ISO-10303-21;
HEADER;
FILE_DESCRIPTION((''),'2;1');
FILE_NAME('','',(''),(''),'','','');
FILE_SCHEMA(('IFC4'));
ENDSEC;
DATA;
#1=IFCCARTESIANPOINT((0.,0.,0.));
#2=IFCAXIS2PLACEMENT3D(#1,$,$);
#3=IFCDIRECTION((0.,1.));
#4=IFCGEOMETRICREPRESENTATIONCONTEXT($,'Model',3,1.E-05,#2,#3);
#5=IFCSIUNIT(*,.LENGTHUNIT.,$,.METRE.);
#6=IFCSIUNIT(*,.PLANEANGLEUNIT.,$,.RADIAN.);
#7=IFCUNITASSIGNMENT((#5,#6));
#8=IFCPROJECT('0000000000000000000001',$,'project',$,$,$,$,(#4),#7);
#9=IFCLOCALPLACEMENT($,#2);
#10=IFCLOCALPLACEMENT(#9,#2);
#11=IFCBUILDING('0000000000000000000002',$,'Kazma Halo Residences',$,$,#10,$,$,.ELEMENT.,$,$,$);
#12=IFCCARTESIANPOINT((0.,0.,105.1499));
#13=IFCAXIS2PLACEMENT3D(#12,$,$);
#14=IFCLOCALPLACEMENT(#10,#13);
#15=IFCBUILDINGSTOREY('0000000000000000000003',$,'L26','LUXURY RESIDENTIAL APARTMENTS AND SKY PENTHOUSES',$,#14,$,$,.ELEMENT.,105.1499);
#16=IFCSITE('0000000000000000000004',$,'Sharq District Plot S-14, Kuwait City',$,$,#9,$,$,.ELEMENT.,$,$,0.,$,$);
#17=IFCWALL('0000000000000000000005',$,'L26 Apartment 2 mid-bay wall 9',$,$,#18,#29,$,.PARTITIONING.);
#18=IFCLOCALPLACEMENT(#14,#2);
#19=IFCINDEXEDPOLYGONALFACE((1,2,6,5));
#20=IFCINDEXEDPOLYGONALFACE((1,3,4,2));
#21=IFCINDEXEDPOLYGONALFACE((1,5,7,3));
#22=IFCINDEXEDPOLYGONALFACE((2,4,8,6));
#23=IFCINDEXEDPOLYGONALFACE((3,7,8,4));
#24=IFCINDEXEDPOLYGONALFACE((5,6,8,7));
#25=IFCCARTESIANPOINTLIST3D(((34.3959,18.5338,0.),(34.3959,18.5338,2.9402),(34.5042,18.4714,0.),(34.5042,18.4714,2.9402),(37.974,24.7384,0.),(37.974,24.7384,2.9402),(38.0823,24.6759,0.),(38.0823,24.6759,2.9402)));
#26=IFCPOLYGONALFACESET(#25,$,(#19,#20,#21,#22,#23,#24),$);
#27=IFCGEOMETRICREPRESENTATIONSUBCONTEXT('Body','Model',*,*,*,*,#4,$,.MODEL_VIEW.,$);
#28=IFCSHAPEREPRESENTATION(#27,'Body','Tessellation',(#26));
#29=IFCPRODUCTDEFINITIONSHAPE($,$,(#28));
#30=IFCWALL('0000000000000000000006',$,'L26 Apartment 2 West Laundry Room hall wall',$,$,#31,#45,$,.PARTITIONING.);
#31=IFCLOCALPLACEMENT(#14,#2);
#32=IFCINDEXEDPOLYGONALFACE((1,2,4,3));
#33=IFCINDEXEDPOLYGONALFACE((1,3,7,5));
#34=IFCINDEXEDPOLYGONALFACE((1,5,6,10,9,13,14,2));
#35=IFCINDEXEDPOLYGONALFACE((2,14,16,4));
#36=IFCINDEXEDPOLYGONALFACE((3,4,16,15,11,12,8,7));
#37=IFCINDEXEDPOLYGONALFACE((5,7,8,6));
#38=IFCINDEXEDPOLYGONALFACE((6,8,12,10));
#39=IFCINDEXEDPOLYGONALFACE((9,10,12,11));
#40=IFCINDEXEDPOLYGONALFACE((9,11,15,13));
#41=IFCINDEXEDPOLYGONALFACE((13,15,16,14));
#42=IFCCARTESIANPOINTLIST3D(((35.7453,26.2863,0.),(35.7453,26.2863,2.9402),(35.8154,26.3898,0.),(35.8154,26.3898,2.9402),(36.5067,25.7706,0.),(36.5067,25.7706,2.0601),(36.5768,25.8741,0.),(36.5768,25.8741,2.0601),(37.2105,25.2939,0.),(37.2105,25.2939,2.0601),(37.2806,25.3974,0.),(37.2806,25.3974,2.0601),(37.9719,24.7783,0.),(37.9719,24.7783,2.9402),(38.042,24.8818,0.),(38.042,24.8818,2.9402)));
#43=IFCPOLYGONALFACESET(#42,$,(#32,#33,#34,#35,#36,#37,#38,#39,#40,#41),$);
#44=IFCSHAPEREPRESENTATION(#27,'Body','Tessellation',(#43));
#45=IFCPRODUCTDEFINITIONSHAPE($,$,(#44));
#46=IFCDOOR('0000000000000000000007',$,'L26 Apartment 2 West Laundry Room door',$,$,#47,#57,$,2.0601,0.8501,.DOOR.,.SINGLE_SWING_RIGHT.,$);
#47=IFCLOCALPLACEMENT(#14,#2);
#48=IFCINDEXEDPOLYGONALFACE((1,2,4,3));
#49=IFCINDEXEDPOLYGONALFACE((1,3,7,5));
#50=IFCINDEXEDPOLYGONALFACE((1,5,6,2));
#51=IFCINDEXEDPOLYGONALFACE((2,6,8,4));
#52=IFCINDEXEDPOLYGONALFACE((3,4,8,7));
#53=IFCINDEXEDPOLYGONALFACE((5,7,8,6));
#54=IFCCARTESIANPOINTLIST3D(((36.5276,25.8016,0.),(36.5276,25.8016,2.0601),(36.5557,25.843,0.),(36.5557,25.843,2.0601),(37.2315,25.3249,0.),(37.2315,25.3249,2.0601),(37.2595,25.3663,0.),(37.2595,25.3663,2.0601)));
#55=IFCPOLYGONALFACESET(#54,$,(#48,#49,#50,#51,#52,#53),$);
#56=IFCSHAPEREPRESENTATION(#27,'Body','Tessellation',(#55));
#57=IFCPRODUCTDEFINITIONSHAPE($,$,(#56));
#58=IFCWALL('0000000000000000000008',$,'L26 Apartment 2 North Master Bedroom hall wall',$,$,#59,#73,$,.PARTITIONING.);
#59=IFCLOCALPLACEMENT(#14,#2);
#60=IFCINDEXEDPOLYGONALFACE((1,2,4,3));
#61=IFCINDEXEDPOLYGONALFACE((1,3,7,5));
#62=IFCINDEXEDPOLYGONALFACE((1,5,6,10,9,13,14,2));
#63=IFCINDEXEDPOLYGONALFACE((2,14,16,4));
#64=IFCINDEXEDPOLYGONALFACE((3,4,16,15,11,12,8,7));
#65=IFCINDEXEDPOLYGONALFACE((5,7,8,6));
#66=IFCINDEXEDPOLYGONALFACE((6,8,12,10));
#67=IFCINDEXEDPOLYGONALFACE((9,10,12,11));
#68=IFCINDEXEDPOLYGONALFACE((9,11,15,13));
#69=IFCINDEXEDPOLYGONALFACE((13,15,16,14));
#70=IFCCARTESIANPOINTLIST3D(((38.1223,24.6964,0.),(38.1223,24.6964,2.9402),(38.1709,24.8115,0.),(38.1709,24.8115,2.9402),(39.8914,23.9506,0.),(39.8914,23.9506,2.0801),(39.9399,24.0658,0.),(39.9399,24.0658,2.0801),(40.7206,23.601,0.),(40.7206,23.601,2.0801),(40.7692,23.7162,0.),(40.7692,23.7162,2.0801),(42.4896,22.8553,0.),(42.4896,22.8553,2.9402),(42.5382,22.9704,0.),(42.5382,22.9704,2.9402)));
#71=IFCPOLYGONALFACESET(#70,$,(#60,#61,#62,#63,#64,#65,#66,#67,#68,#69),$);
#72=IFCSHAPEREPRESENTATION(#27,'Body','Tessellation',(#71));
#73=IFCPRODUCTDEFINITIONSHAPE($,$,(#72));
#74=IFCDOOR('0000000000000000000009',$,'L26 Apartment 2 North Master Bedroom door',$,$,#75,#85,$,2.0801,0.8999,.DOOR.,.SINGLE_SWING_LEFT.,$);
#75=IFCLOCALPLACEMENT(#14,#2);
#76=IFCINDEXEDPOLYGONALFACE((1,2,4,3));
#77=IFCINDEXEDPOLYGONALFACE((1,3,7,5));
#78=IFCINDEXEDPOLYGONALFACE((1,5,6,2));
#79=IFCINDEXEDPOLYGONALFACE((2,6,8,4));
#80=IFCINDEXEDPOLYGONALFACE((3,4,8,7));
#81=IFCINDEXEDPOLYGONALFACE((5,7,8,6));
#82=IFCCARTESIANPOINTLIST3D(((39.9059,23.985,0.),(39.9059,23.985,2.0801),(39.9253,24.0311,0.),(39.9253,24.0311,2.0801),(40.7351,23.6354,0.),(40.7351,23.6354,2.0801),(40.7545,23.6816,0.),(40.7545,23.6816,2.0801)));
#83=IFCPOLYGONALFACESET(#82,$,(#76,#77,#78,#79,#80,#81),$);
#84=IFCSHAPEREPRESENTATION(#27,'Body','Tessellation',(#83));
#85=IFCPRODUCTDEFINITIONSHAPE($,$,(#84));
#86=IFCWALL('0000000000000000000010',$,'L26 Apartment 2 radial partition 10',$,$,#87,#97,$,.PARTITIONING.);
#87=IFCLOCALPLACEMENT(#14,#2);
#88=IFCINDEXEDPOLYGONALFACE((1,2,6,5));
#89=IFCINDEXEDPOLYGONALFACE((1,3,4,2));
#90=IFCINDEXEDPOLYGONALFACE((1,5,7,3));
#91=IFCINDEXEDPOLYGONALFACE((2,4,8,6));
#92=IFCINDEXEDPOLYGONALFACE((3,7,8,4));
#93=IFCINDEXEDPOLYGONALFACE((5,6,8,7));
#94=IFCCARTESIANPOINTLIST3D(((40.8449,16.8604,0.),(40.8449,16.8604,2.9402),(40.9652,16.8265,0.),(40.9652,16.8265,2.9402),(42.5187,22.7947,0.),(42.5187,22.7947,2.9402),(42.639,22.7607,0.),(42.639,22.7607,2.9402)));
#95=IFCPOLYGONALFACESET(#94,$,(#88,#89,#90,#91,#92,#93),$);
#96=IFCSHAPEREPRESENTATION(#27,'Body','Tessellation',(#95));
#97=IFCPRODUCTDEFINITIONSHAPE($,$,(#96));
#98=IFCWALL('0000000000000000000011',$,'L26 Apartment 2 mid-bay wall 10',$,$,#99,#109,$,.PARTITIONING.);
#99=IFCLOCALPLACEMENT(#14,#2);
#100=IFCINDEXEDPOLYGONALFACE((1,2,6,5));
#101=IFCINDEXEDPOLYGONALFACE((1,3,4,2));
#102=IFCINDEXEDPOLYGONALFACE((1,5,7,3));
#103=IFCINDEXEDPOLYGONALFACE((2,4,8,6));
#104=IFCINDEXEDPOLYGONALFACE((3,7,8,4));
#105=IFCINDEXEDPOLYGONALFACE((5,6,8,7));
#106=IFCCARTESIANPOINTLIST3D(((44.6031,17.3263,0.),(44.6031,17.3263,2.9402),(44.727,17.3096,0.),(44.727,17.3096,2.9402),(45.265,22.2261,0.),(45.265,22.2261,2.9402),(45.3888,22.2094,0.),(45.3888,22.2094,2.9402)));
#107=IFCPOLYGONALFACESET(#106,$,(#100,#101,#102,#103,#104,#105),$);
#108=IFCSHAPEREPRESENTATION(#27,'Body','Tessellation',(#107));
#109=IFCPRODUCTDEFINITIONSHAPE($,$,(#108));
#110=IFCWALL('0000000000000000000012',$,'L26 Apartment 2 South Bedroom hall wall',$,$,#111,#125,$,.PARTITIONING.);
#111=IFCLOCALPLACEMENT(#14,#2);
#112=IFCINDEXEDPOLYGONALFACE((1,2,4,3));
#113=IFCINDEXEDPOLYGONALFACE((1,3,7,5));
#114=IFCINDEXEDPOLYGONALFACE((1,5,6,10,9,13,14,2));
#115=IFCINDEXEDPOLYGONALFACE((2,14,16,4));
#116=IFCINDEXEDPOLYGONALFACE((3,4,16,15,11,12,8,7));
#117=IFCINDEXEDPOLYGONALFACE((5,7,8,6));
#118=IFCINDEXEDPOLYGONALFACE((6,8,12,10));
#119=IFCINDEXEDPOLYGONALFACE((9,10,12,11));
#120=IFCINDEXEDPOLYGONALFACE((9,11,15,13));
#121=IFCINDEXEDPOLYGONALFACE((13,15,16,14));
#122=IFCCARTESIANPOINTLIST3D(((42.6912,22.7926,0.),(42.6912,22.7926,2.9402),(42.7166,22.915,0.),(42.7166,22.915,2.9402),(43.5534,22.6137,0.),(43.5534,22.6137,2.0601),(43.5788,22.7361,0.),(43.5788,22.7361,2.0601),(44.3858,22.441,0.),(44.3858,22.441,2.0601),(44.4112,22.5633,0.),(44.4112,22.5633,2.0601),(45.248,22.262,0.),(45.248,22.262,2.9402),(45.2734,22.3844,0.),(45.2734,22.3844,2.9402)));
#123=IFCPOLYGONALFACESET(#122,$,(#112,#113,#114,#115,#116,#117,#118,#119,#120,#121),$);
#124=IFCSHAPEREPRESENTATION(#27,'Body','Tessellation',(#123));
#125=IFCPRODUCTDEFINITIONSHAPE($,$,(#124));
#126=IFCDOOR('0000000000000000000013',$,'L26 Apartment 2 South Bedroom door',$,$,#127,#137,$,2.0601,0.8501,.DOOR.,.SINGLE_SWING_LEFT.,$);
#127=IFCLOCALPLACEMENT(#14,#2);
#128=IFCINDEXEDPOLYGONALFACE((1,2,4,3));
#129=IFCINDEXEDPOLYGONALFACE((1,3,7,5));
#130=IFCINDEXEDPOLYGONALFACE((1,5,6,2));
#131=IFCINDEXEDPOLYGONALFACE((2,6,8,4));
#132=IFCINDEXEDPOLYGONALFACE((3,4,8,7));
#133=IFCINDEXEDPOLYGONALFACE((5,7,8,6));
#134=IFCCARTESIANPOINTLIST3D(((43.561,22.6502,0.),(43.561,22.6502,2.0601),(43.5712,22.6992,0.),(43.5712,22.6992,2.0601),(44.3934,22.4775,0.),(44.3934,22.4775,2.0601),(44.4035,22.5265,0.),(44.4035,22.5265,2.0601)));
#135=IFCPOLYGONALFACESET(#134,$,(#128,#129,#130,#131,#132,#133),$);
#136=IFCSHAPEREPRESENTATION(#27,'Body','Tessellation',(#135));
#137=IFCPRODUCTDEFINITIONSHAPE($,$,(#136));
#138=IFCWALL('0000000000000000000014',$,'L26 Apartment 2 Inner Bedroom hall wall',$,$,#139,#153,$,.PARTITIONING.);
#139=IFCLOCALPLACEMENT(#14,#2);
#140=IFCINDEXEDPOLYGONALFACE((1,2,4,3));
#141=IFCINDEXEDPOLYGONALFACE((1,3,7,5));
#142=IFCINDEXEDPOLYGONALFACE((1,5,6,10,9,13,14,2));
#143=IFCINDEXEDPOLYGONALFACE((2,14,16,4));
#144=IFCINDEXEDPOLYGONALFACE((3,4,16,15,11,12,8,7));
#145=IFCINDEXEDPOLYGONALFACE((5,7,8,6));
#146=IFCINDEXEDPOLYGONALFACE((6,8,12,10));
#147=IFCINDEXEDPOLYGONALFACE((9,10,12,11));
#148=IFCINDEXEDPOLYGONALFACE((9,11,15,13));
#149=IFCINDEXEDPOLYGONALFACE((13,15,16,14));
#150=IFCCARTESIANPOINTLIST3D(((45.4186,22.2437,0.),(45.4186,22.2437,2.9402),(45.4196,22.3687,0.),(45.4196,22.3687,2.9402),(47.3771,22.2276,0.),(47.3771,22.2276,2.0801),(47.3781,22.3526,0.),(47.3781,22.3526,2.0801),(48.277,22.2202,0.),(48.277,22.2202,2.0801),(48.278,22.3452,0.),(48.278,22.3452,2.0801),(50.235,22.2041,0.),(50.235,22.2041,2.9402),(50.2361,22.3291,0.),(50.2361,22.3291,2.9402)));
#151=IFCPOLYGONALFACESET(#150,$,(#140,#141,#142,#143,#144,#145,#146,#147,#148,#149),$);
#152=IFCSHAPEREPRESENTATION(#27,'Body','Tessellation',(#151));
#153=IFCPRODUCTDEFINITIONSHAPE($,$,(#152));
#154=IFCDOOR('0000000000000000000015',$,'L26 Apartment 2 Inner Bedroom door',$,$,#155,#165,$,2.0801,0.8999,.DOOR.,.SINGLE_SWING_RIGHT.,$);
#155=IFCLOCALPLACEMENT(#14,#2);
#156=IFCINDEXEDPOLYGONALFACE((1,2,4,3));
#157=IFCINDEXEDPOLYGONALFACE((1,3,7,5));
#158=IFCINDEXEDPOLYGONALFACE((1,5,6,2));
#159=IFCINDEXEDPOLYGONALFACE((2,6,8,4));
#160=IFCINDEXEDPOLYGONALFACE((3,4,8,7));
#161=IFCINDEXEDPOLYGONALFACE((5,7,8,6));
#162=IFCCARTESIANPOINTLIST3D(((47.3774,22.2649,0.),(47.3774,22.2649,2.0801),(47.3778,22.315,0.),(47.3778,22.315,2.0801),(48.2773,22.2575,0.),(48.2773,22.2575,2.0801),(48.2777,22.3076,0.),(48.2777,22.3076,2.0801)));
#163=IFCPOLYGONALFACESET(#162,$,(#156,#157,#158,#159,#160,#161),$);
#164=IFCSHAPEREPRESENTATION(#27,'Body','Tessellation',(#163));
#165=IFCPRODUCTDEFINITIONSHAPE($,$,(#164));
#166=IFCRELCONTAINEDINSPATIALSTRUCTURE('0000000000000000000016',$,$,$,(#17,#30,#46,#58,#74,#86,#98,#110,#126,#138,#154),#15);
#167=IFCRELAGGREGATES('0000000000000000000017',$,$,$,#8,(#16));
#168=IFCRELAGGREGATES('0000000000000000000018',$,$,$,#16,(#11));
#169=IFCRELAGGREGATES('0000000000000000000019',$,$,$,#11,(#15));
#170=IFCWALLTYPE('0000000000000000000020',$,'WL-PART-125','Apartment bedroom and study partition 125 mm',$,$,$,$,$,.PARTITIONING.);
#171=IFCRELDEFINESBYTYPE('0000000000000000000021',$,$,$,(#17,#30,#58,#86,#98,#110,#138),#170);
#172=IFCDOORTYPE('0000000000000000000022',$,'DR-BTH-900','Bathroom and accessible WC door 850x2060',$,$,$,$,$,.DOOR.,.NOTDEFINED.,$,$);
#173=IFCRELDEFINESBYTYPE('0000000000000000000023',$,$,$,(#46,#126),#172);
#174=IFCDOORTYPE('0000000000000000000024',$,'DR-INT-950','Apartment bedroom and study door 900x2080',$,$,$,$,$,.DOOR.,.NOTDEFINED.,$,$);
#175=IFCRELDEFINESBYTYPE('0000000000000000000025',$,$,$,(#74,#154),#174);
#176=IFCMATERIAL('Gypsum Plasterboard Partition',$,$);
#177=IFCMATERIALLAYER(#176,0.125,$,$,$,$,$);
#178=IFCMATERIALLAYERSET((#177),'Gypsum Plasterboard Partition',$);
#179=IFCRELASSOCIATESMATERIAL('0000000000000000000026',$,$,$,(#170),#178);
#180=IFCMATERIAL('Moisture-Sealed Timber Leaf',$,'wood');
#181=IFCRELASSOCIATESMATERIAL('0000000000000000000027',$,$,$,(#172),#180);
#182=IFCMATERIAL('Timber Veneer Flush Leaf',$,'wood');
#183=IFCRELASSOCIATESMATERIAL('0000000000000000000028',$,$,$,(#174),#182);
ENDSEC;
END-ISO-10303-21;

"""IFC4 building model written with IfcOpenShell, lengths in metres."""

from ifc_helpers import new_model, si_unit, direction, frame, frame_2d, origin, place, context, subcontext, project, spatial, rectangle, extrude, material, layer, layer_set, type_object, element, fill, save


model = new_model("IFC4")

# Units and contexts
model_context = context("Model", 3, precision=1e-05, world=origin(), true_north=direction((0.0, 1.0)))
body_context = subcontext(model_context, "Body", "Model", "MODEL_VIEW")
ifc_project = project(units=[si_unit("LENGTHUNIT", "METRE"), si_unit("PLANEANGLEUNIT", "RADIAN")], contexts=[model_context])

# Site, building, storey
site_placement = place(None, origin())
site = spatial("IfcSite", under=ifc_project, at=site_placement, Name="Sharq District Plot S-14, Kuwait City", CompositionType="ELEMENT", RefElevation=0.0)
building_placement = place(site_placement, origin())
building = spatial("IfcBuilding", under=site, at=building_placement, Name="Kazma Halo Residences", CompositionType="ELEMENT")
storey_placement = place(building_placement, frame((0.0, 0.0, 105.1499)))
storey = spatial("IfcBuildingStorey", under=building, at=storey_placement, Name="L26", Description="LUXURY RESIDENTIAL APARTMENTS AND SKY PENTHOUSES", CompositionType="ELEMENT", Elevation=105.1499)

# Wall
ifc_material_1 = material(Name="Gypsum Plasterboard Partition")
ifc_layer_1 = layer(ifc_material_1, 0.125)
ifc_layer_set_1 = layer_set([ifc_layer_1], Name="Gypsum Plasterboard Partition")
wall_type_1 = type_object("IfcWallType", Name="WL-PART-125", Description="Apartment bedroom and study partition 125 mm", PredefinedType="PARTITIONING", material=ifc_layer_set_1)
wall_1_placement = place(storey_placement, frame((38.0281, 24.707, 0.0), z_axis=(0.0, 0.0, 1.0), x_axis=(-0.499571, -0.866273, 0.0)))
element("IfcWall", 1, at=wall_1_placement, inside=storey, type_object=wall_type_1, Name="L26 Apartment 2 mid-bay wall 9", PredefinedType="PARTITIONING", context=body_context, shape_type="SweptSolid", body=[
    extrude(rectangle(XDim=7.1624, YDim=0.125, at=frame_2d((3.5811, 0.0))), origin(), (0.0, 0.0, 1.0), 2.9402),
])

# Walls, openings, doors
wall_2_placement = place(storey_placement, frame((35.7803, 26.3381, 0.0), z_axis=(0.0, 0.0, 1.0), x_axis=(0.827964, -0.560782, 0.0)))
wall_2 = element("IfcWall", 2, at=wall_2_placement, inside=storey, type_object=wall_type_1, Name="L26 Apartment 2 West Laundry Room hall wall", PredefinedType="PARTITIONING", context=body_context, shape_type="SweptSolid", body=[
    extrude(rectangle(XDim=2.6892, YDim=0.125, at=frame_2d((1.3447, 0.0))), origin(), (0.0, 0.0, 1.0), 2.9402),
])
opening_1_placement = place(wall_2_placement, frame((0.9197, 0.0, 0.0)))
opening_1 = element("IfcOpeningElement", 3, at=opening_1_placement, cuts=wall_2, PredefinedType="OPENING", context=body_context, shape_type="SweptSolid", body=[
    extrude(rectangle(XDim=0.8501, YDim=2.0601, at=frame_2d((0.425, 1.03))), frame((0.0, 0.0725, 0.0), z_axis=(0.0, -1.0, 0.0), x_axis=(1.0, 0.0, 0.0)), (0.0, 0.0, 1.0), 0.145),
])
ifc_material_2 = material(Name="Moisture-Sealed Timber Leaf", Category="wood")
door_type_1 = type_object("IfcDoorType", Name="DR-BTH-900", Description="Bathroom and accessible WC door 850x2060", OperationType="NOTDEFINED", PredefinedType="DOOR", material=ifc_material_2)
door_1_placement = place(opening_1_placement, origin())
door_1 = element("IfcDoor", 4, at=door_1_placement, inside=storey, type_object=door_type_1, Name="L26 Apartment 2 West Laundry Room door", OperationType="SINGLE_SWING_RIGHT", OverallHeight=2.0601, OverallWidth=0.8501, PredefinedType="DOOR", context=body_context, shape_type="SweptSolid", body=[
    extrude(rectangle(XDim=0.8501, YDim=2.0601, at=frame_2d((0.425, 1.03))), frame((0.0, 0.0249, 0.0), z_axis=(0.0, -1.0, 0.0), x_axis=(1.0, 0.0, 0.0)), (0.0, 0.0, 1.0), 0.05),
])
fill(opening_1, door_1)
wall_3_placement = place(storey_placement, frame((38.1467, 24.7539, 0.0), z_axis=(0.0, 0.0, 1.0), x_axis=(0.921466, -0.38846, 0.0)))
wall_3 = element("IfcWall", 5, at=wall_3_placement, inside=storey, type_object=wall_type_1, Name="L26 Apartment 2 North Master Bedroom hall wall", PredefinedType="PARTITIONING", context=body_context, shape_type="SweptSolid", body=[
    extrude(rectangle(XDim=4.7395, YDim=0.125, at=frame_2d((2.3696, 0.0))), origin(), (0.0, 0.0, 1.0), 2.9402),
])
opening_2_placement = place(wall_3_placement, frame((1.9197, 0.0, 0.0)))
opening_2 = element("IfcOpeningElement", 6, at=opening_2_placement, cuts=wall_3, PredefinedType="OPENING", context=body_context, shape_type="SweptSolid", body=[
    extrude(rectangle(XDim=0.8999, YDim=2.0801, at=frame_2d((0.45, 1.04))), frame((0.0, 0.0725, 0.0), z_axis=(0.0, -1.0, 0.0), x_axis=(1.0, 0.0, 0.0)), (0.0, 0.0, 1.0), 0.145),
])
ifc_material_3 = material(Name="Timber Veneer Flush Leaf", Category="wood")
door_type_2 = type_object("IfcDoorType", Name="DR-INT-950", Description="Apartment bedroom and study door 900x2080", OperationType="NOTDEFINED", PredefinedType="DOOR", material=ifc_material_3)
door_2_placement = place(opening_2_placement, origin())
door_2 = element("IfcDoor", 7, at=door_2_placement, inside=storey, type_object=door_type_2, Name="L26 Apartment 2 North Master Bedroom door", OperationType="SINGLE_SWING_LEFT", OverallHeight=2.0801, OverallWidth=0.8999, PredefinedType="DOOR", context=body_context, shape_type="SweptSolid", body=[
    extrude(rectangle(XDim=0.8999, YDim=2.0801, at=frame_2d((0.45, 1.04))), frame((0.0, 0.0249, 0.0), z_axis=(0.0, -1.0, 0.0), x_axis=(1.0, 0.0, 0.0)), (0.0, 0.0, 1.0), 0.05),
])
fill(opening_2, door_2)

# Walls
wall_4_placement = place(storey_placement, frame((42.5789, 22.7778, 0.0), z_axis=(0.0, 0.0, 1.0), x_axis=(-0.271467, -0.962448, 0.0)))
element("IfcWall", 8, at=wall_4_placement, inside=storey, type_object=wall_type_1, Name="L26 Apartment 2 radial partition 10", PredefinedType="PARTITIONING", context=body_context, shape_type="SweptSolid", body=[
    extrude(rectangle(XDim=6.1658, YDim=0.125, at=frame_2d((3.083, 0.0))), origin(), (0.0, 0.0, 1.0), 2.9402),
])
wall_5_placement = place(storey_placement, frame((45.3269, 22.2178, 0.0), z_axis=(0.0, 0.0, 1.0), x_axis=(-0.133862, -0.991, 0.0)))
element("IfcWall", 9, at=wall_5_placement, inside=storey, type_object=wall_type_1, Name="L26 Apartment 2 mid-bay wall 10", PredefinedType="PARTITIONING", context=body_context, shape_type="SweptSolid", body=[
    extrude(rectangle(XDim=4.9443, YDim=0.125, at=frame_2d((2.4722, 0.0))), origin(), (0.0, 0.0, 1.0), 2.9402),
])

# Walls, openings, doors
wall_6_placement = place(storey_placement, frame((42.7039, 22.8538, 0.0), z_axis=(0.0, 0.0, 1.0), x_axis=(0.979146, -0.203159, 0.0)))
wall_6 = element("IfcWall", 10, at=wall_6_placement, inside=storey, type_object=wall_type_1, Name="L26 Apartment 2 South Bedroom hall wall", PredefinedType="PARTITIONING", context=body_context, shape_type="SweptSolid", body=[
    extrude(rectangle(XDim=2.6113, YDim=0.125, at=frame_2d((1.3057, 0.0))), origin(), (0.0, 0.0, 1.0), 2.9402),
])
opening_3_placement = place(wall_6_placement, frame((0.8806, 0.0, 0.0)))
opening_3 = element("IfcOpeningElement", 11, at=opening_3_placement, cuts=wall_6, PredefinedType="OPENING", context=body_context, shape_type="SweptSolid", body=[
    extrude(rectangle(XDim=0.8501, YDim=2.0601, at=frame_2d((0.425, 1.03))), frame((0.0, 0.0725, 0.0), z_axis=(0.0, -1.0, 0.0), x_axis=(1.0, 0.0, 0.0)), (0.0, 0.0, 1.0), 0.145),
])
door_3_placement = place(opening_3_placement, origin())
door_3 = element("IfcDoor", 12, at=door_3_placement, inside=storey, type_object=door_type_1, Name="L26 Apartment 2 South Bedroom door", OperationType="SINGLE_SWING_LEFT", OverallHeight=2.0601, OverallWidth=0.8501, PredefinedType="DOOR", context=body_context, shape_type="SweptSolid", body=[
    extrude(rectangle(XDim=0.8501, YDim=2.0601, at=frame_2d((0.425, 1.03))), frame((0.0, 0.0249, 0.0), z_axis=(0.0, -1.0, 0.0), x_axis=(1.0, 0.0, 0.0)), (0.0, 0.0, 1.0), 0.05),
])
fill(opening_3, door_3)
wall_7_placement = place(storey_placement, frame((45.4192, 22.3062, 0.0), z_axis=(0.0, 0.0, 1.0), x_axis=(0.999966, -0.008211, 0.0)))
wall_7 = element("IfcWall", 13, at=wall_7_placement, inside=storey, type_object=wall_type_1, Name="L26 Apartment 2 Inner Bedroom hall wall", PredefinedType="PARTITIONING", context=body_context, shape_type="SweptSolid", body=[
    extrude(rectangle(XDim=4.8167, YDim=0.125, at=frame_2d((2.4082, 0.0))), origin(), (0.0, 0.0, 1.0), 2.9402),
])
opening_4_placement = place(wall_7_placement, frame((1.9585, 0.0, 0.0)))
opening_4 = element("IfcOpeningElement", 14, at=opening_4_placement, cuts=wall_7, PredefinedType="OPENING", context=body_context, shape_type="SweptSolid", body=[
    extrude(rectangle(XDim=0.8999, YDim=2.0801, at=frame_2d((0.45, 1.04))), frame((0.0, 0.0725, 0.0), z_axis=(0.0, -1.0, 0.0), x_axis=(1.0, 0.0, 0.0)), (0.0, 0.0, 1.0), 0.145),
])
door_4_placement = place(opening_4_placement, origin())
door_4 = element("IfcDoor", 15, at=door_4_placement, inside=storey, type_object=door_type_2, Name="L26 Apartment 2 Inner Bedroom door", OperationType="SINGLE_SWING_RIGHT", OverallHeight=2.0801, OverallWidth=0.8999, PredefinedType="DOOR", context=body_context, shape_type="SweptSolid", body=[
    extrude(rectangle(XDim=0.8999, YDim=2.0801, at=frame_2d((0.45, 1.04))), frame((0.0, 0.0249, 0.0), z_axis=(0.0, -1.0, 0.0), x_axis=(1.0, 0.0, 0.0)), (0.0, 0.0, 1.0), 0.05),
])
fill(opening_4, door_4)

save(model, "model.ifc")
